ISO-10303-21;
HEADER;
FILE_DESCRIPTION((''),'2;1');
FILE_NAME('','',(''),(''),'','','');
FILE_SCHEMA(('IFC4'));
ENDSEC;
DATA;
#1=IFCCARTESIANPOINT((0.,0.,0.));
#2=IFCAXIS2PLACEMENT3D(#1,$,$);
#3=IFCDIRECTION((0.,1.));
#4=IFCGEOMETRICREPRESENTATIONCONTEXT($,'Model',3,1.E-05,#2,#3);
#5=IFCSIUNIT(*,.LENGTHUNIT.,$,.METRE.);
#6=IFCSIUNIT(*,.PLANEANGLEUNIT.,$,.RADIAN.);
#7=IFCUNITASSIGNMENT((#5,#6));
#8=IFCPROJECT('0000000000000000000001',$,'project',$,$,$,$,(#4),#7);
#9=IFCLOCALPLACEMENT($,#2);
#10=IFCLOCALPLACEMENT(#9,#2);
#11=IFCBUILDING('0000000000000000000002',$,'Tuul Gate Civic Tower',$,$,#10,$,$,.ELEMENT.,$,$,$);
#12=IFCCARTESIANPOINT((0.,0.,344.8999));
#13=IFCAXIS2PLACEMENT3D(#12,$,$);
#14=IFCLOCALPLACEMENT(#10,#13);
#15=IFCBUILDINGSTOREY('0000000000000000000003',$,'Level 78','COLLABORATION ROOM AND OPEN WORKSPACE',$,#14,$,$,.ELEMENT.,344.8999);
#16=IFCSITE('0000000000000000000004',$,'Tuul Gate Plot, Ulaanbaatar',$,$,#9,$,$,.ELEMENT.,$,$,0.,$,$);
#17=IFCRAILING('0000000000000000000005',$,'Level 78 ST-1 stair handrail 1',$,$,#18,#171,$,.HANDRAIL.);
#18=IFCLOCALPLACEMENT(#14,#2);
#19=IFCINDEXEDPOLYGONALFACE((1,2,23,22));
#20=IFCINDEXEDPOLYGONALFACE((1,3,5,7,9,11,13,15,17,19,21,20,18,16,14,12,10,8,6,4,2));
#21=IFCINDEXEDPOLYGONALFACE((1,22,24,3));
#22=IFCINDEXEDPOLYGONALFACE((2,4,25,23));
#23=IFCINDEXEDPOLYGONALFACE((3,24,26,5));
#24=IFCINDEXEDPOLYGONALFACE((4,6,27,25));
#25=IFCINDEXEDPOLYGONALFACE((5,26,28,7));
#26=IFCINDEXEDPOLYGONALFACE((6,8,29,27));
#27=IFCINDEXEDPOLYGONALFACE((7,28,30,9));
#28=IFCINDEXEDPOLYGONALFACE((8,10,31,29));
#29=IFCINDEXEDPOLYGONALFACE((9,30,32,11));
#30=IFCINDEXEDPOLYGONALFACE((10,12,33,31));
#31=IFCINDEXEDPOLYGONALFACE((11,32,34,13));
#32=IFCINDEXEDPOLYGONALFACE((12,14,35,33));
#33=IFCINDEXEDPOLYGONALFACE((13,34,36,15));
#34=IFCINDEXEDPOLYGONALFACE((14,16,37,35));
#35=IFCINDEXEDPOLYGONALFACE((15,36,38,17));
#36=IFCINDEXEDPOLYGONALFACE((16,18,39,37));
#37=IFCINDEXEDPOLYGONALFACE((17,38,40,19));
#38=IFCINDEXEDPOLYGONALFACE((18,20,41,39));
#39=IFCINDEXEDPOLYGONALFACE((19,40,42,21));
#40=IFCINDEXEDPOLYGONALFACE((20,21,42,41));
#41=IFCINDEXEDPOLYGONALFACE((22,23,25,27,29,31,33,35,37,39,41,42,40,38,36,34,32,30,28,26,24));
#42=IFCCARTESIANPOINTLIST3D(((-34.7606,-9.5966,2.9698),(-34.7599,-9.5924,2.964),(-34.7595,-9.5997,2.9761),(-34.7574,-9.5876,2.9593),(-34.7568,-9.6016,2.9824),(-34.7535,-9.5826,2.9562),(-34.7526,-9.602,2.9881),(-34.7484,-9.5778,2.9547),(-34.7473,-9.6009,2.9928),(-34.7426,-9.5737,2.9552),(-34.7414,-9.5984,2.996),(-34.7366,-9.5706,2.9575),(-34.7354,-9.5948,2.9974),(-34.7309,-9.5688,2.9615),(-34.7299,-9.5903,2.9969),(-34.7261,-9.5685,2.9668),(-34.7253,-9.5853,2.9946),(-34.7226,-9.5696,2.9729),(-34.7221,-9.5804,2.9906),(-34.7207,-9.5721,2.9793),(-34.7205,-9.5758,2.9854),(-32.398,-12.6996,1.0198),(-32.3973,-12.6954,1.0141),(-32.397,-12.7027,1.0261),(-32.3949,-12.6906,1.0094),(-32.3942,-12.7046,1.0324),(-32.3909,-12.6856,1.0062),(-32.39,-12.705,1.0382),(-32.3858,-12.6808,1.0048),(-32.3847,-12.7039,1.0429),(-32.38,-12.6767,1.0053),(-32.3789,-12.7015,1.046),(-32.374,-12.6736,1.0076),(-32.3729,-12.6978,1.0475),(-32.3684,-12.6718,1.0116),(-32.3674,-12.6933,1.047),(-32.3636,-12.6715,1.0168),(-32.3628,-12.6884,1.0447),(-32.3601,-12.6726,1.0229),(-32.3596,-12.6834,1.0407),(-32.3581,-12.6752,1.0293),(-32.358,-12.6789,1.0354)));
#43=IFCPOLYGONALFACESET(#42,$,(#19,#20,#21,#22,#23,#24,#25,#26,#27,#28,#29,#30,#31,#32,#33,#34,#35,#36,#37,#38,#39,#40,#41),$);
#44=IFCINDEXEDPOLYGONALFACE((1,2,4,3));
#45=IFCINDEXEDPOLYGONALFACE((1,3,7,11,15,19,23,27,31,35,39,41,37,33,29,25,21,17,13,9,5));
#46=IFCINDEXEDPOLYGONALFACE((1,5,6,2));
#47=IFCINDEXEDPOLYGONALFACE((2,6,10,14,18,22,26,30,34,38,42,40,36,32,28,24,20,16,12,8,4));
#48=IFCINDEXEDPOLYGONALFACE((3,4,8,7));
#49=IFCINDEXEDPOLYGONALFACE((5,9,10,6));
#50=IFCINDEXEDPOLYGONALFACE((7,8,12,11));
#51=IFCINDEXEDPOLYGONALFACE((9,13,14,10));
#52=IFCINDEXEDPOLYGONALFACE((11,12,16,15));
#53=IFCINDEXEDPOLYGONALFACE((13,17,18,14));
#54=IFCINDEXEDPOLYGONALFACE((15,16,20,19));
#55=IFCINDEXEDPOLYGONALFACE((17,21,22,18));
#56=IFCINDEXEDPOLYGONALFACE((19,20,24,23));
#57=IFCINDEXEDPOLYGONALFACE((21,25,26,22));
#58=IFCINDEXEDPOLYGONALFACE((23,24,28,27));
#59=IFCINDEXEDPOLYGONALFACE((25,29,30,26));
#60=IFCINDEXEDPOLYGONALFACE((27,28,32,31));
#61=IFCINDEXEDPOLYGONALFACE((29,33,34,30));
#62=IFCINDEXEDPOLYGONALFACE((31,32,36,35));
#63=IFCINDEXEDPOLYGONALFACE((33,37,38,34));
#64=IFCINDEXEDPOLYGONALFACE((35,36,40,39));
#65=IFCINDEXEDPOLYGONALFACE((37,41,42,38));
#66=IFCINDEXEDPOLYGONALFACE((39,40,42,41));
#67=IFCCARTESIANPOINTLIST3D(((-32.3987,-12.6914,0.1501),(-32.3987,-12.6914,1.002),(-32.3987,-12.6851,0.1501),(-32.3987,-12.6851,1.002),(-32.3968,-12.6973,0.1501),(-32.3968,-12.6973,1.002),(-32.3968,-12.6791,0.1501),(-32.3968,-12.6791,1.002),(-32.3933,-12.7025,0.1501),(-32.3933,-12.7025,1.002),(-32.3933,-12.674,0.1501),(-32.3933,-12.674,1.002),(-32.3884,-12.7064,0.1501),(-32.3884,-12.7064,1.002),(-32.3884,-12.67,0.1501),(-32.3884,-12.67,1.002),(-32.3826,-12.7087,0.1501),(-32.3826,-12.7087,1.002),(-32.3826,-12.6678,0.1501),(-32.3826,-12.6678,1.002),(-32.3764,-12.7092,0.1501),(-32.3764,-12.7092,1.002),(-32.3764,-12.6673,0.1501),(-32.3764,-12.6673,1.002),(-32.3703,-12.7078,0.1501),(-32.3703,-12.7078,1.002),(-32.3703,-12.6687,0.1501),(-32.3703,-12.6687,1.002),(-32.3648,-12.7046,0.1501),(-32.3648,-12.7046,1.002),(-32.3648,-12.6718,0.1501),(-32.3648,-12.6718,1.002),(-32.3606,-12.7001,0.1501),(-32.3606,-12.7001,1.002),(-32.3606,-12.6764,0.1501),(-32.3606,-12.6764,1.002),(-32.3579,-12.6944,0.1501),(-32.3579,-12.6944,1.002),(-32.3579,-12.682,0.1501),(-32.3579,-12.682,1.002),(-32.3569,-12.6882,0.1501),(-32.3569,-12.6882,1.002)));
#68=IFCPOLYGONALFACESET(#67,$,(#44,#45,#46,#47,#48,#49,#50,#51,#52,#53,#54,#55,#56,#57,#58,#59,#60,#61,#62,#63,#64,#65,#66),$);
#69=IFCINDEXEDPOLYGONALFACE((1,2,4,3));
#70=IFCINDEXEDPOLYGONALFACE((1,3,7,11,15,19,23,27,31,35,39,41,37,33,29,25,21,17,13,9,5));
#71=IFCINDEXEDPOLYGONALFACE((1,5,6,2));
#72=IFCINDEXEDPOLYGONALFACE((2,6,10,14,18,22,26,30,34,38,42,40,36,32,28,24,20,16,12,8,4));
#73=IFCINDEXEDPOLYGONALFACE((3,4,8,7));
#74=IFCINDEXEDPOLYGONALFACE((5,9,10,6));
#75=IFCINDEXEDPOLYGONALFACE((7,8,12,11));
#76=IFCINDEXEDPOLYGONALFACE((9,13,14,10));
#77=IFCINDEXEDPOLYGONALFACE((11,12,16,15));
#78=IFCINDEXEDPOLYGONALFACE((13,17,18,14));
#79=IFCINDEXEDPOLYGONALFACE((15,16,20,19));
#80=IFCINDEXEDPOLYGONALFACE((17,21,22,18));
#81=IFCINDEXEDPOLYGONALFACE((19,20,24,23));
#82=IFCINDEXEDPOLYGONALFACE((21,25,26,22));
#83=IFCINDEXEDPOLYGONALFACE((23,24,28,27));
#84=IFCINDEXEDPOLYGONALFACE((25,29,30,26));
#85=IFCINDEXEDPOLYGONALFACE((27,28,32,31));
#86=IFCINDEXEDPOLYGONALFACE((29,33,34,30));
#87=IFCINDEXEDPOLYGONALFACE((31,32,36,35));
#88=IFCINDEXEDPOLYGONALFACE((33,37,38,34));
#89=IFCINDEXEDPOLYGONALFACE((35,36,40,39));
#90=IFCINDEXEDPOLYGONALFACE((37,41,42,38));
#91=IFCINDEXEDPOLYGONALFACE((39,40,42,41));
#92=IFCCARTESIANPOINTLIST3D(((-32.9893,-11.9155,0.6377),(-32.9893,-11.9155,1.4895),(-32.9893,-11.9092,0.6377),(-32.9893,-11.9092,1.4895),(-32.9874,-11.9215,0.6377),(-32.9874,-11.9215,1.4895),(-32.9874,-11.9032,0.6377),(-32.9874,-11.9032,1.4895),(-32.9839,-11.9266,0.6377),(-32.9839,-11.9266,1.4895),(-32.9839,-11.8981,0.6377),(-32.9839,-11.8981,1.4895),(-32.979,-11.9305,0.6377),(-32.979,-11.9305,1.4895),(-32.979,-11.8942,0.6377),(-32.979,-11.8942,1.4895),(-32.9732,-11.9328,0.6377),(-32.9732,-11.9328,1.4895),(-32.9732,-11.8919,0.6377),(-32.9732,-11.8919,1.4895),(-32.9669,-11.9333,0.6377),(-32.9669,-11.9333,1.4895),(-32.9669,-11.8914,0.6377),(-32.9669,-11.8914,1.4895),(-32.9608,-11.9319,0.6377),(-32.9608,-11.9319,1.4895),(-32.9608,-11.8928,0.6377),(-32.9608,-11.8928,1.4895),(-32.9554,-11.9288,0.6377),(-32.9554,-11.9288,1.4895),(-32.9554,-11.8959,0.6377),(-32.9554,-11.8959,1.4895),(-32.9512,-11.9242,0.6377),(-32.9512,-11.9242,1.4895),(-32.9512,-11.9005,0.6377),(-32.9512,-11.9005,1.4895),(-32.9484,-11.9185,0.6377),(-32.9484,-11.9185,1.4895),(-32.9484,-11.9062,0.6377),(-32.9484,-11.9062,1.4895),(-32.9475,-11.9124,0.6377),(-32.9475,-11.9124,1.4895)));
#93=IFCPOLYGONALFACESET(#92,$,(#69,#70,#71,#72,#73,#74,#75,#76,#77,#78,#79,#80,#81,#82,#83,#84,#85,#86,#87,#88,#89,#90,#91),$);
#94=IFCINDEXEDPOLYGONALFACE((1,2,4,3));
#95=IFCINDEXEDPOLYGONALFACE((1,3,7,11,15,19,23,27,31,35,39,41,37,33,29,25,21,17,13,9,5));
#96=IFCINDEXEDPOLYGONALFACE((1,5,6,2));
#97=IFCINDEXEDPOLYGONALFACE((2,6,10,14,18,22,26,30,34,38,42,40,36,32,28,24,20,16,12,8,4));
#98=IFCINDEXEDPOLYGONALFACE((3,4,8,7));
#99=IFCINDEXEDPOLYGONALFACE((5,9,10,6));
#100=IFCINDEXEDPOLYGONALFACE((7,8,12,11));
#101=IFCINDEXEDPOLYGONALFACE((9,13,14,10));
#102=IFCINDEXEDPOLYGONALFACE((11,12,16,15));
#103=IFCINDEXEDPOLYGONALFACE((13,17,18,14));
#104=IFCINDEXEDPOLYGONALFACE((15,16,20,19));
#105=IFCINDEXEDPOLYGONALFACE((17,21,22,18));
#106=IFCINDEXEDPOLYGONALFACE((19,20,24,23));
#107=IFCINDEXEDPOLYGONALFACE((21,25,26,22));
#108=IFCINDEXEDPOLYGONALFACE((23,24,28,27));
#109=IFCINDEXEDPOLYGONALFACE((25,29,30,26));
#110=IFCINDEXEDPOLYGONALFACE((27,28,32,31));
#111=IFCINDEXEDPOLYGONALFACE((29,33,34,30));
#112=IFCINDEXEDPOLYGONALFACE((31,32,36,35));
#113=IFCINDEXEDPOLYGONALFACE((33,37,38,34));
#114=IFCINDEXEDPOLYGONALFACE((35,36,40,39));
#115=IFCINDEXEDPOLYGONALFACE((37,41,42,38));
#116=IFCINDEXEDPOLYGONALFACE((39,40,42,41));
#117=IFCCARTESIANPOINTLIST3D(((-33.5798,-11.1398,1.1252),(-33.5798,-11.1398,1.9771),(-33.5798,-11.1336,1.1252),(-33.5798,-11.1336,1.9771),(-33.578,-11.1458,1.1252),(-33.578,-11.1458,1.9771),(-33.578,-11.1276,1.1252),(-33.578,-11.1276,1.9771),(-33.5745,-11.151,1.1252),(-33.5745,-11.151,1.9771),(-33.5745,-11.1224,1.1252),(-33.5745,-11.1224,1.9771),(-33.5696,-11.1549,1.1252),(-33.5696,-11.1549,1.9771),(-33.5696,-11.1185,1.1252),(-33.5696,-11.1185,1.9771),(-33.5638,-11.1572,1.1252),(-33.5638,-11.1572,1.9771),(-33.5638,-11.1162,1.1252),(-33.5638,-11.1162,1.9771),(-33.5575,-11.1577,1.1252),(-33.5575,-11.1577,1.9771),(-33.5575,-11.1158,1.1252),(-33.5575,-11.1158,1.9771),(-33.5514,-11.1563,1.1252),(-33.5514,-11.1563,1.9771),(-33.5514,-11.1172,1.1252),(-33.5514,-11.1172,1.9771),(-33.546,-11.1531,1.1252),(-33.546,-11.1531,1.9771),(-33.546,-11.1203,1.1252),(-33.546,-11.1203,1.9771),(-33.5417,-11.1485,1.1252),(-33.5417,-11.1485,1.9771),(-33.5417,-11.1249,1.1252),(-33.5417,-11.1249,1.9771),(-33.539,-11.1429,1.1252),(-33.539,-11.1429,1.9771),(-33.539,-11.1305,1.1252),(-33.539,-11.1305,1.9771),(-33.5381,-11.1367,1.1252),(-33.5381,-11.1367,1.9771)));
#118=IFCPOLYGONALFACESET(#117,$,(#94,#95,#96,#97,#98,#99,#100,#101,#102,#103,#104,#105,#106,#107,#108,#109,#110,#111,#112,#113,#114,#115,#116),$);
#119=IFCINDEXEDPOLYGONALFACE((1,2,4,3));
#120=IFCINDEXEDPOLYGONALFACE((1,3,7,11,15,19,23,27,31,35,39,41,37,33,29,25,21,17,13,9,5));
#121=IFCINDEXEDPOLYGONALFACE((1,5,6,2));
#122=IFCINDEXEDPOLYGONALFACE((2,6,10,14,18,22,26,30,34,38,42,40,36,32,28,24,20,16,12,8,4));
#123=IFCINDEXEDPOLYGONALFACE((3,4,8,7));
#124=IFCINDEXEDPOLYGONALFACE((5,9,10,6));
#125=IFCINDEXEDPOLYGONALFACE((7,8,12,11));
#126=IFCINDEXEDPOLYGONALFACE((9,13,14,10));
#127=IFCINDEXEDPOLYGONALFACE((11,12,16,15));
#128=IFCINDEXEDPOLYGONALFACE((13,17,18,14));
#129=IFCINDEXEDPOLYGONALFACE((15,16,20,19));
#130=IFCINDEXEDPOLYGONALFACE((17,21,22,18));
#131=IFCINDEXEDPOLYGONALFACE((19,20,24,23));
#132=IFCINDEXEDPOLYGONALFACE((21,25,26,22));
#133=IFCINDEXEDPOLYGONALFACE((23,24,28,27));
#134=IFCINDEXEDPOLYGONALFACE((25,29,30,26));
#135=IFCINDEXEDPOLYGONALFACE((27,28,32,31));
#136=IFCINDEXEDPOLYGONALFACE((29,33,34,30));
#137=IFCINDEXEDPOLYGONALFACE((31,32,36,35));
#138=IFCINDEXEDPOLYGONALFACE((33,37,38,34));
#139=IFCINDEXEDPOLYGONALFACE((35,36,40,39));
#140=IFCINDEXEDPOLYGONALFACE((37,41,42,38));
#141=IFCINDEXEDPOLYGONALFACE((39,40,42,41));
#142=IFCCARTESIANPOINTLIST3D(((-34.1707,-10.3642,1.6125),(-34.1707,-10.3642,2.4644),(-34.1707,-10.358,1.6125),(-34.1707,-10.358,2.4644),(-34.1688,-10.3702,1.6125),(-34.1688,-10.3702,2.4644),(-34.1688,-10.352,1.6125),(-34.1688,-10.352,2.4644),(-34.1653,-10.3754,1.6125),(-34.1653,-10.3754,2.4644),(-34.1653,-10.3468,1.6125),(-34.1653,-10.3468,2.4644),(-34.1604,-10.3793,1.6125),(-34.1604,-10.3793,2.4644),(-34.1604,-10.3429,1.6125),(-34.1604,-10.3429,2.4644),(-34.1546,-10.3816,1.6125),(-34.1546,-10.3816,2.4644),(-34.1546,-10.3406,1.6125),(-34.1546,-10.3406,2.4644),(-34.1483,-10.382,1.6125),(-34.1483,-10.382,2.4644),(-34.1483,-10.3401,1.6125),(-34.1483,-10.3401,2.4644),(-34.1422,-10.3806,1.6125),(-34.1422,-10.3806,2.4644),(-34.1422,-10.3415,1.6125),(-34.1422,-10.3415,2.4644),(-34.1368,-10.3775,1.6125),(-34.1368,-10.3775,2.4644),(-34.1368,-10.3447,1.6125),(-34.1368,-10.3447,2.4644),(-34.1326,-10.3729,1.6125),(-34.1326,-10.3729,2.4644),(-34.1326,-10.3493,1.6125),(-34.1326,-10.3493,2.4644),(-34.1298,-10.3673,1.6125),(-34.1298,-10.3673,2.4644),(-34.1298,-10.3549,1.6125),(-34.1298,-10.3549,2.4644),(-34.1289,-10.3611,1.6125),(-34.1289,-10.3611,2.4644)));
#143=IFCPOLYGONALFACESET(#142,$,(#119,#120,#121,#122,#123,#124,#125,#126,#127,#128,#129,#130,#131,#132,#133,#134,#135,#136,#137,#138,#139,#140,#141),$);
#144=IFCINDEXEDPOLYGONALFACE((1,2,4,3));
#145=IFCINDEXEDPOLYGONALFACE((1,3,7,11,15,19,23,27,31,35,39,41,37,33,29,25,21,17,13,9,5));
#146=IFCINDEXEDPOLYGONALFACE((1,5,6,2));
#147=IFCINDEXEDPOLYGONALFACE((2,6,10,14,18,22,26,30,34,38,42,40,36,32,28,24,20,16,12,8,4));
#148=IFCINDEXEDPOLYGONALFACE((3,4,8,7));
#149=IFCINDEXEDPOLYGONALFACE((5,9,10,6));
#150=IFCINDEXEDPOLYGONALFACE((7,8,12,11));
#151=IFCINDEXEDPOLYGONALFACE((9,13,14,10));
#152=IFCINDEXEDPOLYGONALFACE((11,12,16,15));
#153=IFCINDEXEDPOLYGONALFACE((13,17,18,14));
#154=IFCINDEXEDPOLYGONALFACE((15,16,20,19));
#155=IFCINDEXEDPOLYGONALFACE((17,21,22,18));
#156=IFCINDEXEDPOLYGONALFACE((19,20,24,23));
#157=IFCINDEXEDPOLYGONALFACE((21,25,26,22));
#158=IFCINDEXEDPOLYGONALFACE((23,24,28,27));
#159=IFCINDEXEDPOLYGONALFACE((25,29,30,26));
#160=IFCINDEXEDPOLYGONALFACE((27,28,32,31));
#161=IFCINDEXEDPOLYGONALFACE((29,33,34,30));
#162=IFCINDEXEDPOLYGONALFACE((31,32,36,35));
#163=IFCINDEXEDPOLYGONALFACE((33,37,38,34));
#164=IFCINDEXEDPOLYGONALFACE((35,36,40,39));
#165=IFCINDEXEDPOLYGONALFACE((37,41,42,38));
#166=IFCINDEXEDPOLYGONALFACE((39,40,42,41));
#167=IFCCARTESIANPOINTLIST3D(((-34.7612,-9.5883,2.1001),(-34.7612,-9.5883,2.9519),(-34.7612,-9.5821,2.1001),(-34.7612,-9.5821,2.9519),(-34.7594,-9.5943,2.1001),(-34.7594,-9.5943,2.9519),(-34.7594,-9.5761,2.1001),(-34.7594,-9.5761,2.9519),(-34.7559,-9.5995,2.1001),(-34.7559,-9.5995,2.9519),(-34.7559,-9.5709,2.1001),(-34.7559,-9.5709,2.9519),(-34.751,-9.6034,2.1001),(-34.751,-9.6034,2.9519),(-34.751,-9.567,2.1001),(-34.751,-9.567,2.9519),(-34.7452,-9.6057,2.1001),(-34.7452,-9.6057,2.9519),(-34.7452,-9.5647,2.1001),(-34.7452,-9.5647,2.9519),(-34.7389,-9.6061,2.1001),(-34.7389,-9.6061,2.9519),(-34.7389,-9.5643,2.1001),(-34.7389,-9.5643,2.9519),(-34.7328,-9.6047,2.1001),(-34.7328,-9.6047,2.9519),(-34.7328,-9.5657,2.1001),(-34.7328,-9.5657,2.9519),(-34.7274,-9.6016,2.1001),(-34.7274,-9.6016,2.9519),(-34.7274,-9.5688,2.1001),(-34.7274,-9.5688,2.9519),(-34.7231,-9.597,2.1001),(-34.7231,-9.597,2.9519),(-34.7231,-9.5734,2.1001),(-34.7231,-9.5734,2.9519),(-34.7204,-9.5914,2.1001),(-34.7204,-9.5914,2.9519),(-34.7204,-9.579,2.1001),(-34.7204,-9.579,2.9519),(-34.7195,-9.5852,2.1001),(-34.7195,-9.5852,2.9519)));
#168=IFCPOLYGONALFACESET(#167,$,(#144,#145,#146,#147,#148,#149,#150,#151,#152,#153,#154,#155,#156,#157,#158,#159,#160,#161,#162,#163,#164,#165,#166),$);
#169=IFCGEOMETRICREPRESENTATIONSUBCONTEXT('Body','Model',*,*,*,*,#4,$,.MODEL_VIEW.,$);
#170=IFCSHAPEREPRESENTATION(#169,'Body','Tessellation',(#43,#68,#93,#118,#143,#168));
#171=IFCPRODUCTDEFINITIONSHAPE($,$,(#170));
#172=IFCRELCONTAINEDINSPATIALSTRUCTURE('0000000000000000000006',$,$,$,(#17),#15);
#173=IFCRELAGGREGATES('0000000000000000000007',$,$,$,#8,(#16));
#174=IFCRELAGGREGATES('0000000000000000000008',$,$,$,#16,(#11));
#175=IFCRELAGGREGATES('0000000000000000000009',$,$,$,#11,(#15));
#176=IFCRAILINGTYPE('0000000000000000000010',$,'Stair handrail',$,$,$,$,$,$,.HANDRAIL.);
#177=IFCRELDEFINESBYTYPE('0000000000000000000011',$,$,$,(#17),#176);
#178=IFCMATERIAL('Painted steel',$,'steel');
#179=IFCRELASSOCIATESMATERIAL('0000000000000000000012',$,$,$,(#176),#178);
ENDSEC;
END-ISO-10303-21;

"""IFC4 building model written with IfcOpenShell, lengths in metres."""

from ifc_helpers import new_model, si_unit, direction, frame, origin, origin_2d, place, context, subcontext, project, spatial, circle, extrude, material, type_object, element, save


model = new_model("IFC4")

# Units and contexts
model_context = context("Model", 3, precision=1e-05, world=origin(), true_north=direction((0.0, 1.0)))
body_context = subcontext(model_context, "Body", "Model", "MODEL_VIEW")
ifc_project = project(units=[si_unit("LENGTHUNIT", "METRE"), si_unit("PLANEANGLEUNIT", "RADIAN")], contexts=[model_context])

# Site, building, storey
site_placement = place(None, origin())
site = spatial("IfcSite", under=ifc_project, at=site_placement, Name="Tuul Gate Plot, Ulaanbaatar", CompositionType="ELEMENT", RefElevation=0.0)
building_placement = place(site_placement, origin())
building = spatial("IfcBuilding", under=site, at=building_placement, Name="Tuul Gate Civic Tower", CompositionType="ELEMENT")
storey_placement = place(building_placement, frame((0.0, 0.0, 344.8999)))
storey = spatial("IfcBuildingStorey", under=building, at=storey_placement, Name="Level 78", Description="COLLABORATION ROOM AND OPEN WORKSPACE", CompositionType="ELEMENT", Elevation=344.8999)

# Railing
ifc_material_1 = material(Name="Painted steel", Category="steel")
railing_type_1 = type_object("IfcRailingType", Name="Stair handrail", PredefinedType="HANDRAIL", material=ifc_material_1)
railing_1_placement = place(storey_placement, frame((-32.3779, -12.6882, 0.1501)))
element("IfcRailing", 1, at=railing_1_placement, inside=storey, type_object=railing_type_1, Name="Level 78 ST-1 stair handrail 1", PredefinedType="HANDRAIL", context=body_context, shape_type="SweptSolid", body=[
    extrude(circle(Radius=0.0239, at=origin_2d()), frame((0.0, 0.0, 0.876), z_axis=(-0.541824, 0.711645, 0.4472), x_axis=(-0.795637, -0.605773, 0.0)), (0.0, 0.0, 1.0), 4.3604),
    extrude(circle(Radius=0.021, at=origin_2d()), origin(), (0.0, 0.0, 1.0), 0.8518),
    extrude(circle(Radius=0.021, at=origin_2d()), frame((-0.5906, 0.7759, 0.4875)), (0.0, 0.0, 1.0), 0.8518),
    extrude(circle(Radius=0.021, at=origin_2d()), frame((-1.1812, 1.5515, 0.9751)), (0.0, 0.0, 1.0), 0.8518),
    extrude(circle(Radius=0.021, at=origin_2d()), frame((-1.772, 2.3271, 1.4624)), (0.0, 0.0, 1.0), 0.8518),
    extrude(circle(Radius=0.021, at=origin_2d()), frame((-2.3625, 3.103, 1.95)), (0.0, 0.0, 1.0), 0.8518),
])

save(model, "model.ifc")
